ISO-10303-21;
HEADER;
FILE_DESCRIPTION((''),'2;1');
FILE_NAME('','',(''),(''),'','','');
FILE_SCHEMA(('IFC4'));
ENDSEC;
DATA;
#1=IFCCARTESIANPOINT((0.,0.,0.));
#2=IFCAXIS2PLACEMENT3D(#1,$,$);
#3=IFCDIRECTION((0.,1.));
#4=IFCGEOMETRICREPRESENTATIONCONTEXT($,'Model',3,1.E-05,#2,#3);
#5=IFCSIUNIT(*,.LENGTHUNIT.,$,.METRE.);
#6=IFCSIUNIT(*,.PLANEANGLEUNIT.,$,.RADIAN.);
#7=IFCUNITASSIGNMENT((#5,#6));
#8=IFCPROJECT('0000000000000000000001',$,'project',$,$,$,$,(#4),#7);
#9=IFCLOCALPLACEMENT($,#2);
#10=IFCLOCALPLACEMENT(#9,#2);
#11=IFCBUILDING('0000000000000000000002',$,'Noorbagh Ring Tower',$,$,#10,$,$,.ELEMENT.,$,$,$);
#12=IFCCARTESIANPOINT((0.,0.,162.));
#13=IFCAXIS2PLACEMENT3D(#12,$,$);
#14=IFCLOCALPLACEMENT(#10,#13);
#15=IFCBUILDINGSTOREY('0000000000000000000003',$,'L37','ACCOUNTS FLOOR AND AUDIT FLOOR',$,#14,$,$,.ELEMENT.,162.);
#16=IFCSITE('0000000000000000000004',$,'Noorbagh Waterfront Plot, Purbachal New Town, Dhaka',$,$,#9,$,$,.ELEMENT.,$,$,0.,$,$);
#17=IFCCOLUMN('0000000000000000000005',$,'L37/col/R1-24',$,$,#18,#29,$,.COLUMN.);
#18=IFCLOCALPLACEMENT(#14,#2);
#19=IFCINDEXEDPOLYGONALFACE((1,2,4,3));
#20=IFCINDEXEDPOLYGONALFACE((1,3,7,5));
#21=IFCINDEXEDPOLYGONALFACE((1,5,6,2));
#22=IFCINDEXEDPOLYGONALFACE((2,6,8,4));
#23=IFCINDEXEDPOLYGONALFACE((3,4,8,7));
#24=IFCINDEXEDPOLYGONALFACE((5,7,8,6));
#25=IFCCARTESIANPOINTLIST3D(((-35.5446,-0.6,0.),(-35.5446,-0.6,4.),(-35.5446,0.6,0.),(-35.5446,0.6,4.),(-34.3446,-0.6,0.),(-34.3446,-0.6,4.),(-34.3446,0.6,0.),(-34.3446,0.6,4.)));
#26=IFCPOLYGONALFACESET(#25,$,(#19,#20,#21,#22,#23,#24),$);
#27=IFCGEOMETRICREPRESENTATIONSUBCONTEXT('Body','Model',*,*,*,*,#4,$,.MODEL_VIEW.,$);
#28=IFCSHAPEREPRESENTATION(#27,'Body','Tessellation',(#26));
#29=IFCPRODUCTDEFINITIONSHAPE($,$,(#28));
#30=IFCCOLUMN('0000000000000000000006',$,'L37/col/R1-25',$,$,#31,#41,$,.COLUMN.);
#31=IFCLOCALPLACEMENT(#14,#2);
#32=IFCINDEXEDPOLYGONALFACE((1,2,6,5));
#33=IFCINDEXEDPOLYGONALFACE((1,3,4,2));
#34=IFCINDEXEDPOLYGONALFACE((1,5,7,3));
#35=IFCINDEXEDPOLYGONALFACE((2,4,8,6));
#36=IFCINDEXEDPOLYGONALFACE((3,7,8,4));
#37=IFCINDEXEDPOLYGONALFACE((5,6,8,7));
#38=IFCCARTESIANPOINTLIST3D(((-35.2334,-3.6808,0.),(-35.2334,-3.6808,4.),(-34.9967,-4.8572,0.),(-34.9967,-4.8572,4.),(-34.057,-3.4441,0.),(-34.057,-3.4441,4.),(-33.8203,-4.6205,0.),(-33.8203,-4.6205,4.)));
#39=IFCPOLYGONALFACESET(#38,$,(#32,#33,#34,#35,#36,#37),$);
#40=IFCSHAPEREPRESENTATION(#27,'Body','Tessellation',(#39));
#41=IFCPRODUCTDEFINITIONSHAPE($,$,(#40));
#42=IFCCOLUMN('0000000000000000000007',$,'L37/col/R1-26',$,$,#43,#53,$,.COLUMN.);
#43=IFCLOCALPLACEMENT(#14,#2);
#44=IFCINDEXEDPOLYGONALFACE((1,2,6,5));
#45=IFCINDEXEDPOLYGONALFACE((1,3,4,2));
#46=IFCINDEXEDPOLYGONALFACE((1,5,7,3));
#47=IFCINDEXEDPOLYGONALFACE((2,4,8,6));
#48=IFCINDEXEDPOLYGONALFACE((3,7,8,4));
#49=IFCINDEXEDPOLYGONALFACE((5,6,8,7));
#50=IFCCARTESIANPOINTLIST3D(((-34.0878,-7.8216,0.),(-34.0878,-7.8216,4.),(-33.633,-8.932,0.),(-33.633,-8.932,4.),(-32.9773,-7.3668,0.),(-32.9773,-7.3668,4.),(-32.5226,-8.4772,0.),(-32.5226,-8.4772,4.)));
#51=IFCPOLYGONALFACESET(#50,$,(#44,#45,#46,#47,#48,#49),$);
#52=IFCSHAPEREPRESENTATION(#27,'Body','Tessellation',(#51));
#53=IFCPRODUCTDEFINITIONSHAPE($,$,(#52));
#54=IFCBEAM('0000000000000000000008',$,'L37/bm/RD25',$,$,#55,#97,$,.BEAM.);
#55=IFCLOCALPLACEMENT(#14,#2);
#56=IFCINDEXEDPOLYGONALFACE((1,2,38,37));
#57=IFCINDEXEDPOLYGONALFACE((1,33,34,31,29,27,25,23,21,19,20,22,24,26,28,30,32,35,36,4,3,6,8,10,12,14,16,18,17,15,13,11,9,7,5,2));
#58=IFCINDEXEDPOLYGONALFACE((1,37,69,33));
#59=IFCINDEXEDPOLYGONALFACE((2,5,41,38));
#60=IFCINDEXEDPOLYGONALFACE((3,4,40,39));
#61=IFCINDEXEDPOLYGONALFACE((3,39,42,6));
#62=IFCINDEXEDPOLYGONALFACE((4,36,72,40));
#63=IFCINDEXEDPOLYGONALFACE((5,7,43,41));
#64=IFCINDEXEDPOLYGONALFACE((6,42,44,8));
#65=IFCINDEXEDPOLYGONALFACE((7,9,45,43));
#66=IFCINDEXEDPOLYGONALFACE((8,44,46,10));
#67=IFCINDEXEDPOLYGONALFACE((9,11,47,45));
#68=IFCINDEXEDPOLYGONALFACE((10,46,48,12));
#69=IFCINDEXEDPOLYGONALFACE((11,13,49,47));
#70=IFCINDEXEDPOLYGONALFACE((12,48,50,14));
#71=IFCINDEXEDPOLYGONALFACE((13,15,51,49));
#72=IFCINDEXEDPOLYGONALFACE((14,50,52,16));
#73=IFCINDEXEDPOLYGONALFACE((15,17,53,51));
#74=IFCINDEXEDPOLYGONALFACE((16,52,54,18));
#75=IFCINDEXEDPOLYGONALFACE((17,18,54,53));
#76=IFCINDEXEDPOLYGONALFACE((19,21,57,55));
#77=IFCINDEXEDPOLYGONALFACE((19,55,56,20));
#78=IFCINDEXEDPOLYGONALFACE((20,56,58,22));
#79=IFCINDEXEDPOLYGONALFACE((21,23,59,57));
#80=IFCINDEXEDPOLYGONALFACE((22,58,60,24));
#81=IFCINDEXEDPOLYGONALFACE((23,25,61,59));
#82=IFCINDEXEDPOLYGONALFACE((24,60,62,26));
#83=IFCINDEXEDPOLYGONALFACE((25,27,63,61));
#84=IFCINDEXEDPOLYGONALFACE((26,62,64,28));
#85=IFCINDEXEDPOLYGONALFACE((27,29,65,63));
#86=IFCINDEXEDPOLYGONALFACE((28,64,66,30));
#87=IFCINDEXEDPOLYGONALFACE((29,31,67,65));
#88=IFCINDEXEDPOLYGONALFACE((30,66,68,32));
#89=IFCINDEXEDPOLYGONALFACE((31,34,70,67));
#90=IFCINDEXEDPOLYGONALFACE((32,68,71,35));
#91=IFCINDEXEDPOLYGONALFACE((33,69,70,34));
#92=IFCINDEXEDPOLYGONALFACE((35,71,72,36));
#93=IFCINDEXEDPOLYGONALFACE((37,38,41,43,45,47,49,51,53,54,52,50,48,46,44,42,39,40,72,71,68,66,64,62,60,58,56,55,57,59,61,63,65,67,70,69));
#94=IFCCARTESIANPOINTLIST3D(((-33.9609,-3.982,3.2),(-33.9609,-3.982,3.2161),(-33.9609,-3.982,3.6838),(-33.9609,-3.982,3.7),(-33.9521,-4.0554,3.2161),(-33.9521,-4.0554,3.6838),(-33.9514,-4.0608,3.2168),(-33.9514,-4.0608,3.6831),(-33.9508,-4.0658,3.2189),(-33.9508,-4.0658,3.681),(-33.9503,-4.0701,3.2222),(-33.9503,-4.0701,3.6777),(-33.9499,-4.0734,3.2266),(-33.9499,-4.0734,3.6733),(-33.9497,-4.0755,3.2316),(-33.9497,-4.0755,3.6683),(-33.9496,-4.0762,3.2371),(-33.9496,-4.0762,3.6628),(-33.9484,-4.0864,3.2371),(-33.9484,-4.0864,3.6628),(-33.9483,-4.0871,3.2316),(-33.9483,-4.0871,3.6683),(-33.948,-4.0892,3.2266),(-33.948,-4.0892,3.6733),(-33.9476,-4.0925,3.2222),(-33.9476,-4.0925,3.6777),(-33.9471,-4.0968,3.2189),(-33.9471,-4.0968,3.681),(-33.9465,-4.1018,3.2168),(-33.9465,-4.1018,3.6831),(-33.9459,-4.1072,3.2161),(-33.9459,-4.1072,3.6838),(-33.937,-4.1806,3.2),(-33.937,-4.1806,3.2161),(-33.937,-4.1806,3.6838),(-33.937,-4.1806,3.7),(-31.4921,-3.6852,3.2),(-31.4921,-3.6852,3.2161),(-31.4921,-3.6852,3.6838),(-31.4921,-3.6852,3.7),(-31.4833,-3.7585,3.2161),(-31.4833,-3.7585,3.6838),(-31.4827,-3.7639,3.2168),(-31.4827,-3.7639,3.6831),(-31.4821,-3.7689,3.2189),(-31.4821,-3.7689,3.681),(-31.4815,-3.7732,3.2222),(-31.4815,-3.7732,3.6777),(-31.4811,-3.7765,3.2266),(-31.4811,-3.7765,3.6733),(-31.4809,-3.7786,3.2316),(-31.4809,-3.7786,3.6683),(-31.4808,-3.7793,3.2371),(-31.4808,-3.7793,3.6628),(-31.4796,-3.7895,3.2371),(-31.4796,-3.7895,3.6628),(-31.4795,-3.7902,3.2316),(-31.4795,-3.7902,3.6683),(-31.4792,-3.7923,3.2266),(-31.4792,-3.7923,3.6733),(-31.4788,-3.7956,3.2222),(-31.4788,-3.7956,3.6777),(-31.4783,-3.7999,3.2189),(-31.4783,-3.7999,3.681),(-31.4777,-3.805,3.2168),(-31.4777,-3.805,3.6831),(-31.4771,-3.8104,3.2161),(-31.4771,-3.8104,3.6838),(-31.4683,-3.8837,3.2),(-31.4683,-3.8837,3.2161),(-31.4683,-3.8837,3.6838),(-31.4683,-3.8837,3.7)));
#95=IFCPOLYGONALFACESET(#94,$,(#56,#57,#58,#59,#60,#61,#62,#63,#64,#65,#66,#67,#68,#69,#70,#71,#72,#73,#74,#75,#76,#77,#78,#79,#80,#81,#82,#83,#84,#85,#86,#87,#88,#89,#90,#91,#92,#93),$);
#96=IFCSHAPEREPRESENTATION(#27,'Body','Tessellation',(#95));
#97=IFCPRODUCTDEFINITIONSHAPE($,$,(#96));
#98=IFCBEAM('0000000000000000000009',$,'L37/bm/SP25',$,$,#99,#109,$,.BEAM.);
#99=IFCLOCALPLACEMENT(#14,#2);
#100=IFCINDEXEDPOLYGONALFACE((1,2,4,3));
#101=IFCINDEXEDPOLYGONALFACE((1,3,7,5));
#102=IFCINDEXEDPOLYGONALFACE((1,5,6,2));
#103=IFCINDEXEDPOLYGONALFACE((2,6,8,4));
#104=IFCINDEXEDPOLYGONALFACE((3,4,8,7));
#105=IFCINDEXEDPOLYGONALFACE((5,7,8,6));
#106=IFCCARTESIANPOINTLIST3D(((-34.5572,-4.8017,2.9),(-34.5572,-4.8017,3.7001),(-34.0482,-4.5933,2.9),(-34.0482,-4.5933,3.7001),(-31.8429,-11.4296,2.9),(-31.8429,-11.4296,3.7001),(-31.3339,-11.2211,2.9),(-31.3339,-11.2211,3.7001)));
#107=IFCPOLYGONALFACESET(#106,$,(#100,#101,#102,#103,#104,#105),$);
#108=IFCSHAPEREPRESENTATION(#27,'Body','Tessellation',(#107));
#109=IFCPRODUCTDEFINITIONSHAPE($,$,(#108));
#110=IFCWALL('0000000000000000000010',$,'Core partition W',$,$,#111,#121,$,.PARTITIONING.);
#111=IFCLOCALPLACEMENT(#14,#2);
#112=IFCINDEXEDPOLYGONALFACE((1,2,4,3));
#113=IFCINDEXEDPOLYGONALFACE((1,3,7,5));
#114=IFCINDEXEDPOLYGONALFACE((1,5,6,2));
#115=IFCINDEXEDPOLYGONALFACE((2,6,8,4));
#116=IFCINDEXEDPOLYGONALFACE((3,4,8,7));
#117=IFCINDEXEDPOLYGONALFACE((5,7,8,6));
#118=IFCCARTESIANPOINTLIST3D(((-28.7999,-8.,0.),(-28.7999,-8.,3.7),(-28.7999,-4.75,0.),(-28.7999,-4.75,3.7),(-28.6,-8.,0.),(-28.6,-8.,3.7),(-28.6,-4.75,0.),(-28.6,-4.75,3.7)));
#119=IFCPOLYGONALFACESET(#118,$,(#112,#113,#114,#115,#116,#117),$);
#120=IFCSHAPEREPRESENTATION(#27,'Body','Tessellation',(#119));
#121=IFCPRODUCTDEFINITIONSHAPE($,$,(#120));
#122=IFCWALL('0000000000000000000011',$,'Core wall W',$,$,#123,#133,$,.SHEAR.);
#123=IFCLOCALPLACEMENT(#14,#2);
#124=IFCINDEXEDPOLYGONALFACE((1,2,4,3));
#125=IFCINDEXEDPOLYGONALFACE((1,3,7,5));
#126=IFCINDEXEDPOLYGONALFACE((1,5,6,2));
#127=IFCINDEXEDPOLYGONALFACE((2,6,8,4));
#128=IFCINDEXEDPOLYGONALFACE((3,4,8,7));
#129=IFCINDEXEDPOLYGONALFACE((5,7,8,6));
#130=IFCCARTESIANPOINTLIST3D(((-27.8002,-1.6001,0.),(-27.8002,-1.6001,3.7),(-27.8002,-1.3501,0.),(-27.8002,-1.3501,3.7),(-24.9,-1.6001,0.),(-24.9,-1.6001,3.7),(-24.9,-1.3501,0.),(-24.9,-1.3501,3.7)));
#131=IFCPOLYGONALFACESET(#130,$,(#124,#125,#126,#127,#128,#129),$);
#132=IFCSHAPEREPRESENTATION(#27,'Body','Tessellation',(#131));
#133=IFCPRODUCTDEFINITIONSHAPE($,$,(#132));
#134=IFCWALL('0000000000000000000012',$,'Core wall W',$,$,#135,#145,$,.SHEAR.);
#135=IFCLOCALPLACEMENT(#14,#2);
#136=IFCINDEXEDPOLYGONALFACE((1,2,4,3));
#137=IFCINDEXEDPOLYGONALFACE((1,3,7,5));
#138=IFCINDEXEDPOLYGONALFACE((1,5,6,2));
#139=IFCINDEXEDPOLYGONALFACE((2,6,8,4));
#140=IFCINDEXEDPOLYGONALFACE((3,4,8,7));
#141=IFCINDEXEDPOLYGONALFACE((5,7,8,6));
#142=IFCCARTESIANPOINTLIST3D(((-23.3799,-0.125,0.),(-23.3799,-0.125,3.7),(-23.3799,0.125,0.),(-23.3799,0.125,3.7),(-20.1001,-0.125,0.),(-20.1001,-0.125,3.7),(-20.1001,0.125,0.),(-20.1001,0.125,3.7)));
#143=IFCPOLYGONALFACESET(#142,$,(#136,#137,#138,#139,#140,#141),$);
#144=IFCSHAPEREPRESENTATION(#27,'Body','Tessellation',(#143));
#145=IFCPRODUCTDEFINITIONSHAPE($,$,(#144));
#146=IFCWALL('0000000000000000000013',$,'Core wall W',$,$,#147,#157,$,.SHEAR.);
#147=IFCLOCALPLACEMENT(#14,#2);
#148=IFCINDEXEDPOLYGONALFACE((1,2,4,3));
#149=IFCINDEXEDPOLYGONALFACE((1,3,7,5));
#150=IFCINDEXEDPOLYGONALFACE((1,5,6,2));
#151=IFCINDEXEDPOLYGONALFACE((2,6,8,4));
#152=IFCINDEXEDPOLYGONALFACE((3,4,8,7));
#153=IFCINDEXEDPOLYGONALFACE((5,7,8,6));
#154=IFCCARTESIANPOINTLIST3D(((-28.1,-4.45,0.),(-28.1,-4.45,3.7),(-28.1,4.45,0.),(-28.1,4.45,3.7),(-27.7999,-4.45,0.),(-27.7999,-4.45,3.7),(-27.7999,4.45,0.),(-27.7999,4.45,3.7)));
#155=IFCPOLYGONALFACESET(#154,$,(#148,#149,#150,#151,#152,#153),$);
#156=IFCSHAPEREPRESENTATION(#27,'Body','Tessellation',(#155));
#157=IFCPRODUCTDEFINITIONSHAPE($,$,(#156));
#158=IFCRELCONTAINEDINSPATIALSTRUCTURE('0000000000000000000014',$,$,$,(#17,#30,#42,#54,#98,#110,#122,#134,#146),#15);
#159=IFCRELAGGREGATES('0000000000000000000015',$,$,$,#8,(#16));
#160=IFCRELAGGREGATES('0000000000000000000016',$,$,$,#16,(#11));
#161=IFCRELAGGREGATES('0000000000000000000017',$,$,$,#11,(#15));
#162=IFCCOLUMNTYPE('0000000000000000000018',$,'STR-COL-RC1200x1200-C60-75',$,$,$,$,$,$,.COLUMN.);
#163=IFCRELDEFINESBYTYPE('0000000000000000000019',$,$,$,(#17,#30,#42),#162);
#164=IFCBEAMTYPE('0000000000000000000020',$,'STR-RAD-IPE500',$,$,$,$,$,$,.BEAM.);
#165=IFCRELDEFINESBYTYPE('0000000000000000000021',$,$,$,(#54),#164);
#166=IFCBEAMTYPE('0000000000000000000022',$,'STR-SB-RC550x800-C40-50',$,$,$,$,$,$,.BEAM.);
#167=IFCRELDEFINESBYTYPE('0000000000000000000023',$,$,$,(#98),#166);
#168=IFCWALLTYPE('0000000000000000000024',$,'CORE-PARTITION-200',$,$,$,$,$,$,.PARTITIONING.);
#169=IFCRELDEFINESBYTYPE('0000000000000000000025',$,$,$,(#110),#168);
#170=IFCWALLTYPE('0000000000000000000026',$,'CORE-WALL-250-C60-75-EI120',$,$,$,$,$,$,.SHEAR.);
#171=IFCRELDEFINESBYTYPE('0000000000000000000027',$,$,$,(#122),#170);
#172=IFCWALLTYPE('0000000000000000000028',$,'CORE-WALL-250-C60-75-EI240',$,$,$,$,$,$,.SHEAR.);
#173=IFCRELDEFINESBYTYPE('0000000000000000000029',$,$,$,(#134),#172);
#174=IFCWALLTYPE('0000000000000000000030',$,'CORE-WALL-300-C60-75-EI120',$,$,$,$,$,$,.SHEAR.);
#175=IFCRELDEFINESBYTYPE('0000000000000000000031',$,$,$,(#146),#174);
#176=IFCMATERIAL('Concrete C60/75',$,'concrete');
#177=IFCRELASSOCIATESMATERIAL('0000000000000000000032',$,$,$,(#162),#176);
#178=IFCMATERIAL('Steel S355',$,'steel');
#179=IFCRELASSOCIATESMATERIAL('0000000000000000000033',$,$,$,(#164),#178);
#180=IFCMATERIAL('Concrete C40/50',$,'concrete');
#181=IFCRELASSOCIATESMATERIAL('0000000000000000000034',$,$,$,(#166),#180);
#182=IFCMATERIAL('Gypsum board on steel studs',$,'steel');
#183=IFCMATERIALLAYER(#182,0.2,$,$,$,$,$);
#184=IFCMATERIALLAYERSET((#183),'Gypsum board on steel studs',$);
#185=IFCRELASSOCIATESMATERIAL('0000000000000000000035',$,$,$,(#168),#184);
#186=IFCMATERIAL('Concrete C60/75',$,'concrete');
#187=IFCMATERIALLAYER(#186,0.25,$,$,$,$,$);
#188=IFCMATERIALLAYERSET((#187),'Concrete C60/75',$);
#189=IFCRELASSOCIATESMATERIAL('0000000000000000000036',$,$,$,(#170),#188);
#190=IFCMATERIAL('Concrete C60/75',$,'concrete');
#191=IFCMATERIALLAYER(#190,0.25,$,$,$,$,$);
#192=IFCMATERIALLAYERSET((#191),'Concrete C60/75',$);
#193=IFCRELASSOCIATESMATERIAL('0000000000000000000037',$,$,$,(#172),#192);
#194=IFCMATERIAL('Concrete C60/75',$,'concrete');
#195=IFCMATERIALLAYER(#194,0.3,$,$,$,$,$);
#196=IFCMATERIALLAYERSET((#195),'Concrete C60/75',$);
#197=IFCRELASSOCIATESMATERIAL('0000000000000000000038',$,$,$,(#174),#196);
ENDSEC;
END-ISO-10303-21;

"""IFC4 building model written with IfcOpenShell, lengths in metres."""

from ifc_helpers import new_model, si_unit, direction, frame, frame_2d, origin, origin_2d, place, context, subcontext, project, spatial, rectangle, i_section, extrude, material, layer, layer_set, material_profile, profile_set, type_object, element, save


model = new_model("IFC4")

# Units and contexts
model_context = context("Model", 3, precision=1e-05, world=origin(), true_north=direction((0.0, 1.0)))
body_context = subcontext(model_context, "Body", "Model", "MODEL_VIEW")
ifc_project = project(units=[si_unit("LENGTHUNIT", "METRE"), si_unit("PLANEANGLEUNIT", "RADIAN")], contexts=[model_context])

# Site, building, storey
site_placement = place(None, origin())
site = spatial("IfcSite", under=ifc_project, at=site_placement, Name="Noorbagh Waterfront Plot, Purbachal New Town, Dhaka", CompositionType="ELEMENT", RefElevation=0.0)
building_placement = place(site_placement, origin())
building = spatial("IfcBuilding", under=site, at=building_placement, Name="Noorbagh Ring Tower", CompositionType="ELEMENT")
storey_placement = place(building_placement, frame((0.0, 0.0, 162.0)))
storey = spatial("IfcBuildingStorey", under=building, at=storey_placement, Name="L37", Description="ACCOUNTS FLOOR AND AUDIT FLOOR", CompositionType="ELEMENT", Elevation=162.0)

# Columns
ifc_material_1 = material(Name="Concrete C60/75", Category="concrete")
ifc_material_profile_1 = material_profile(ifc_material_1, rectangle(XDim=1.2, YDim=1.2, at=origin_2d()), Name="RC1200x1200")
ifc_profile_set_1 = profile_set([ifc_material_profile_1], Name="Concrete C60/75")
column_type = type_object("IfcColumnType", Name="STR-COL-RC1200x1200-C60-75", PredefinedType="COLUMN", material=ifc_profile_set_1)
for number, where, z_axis, x_axis, name in (
    (1, (-34.9446, 0.0, 0.0), (0.0, 0.0, 1.0), (0.0, -1.0, 0.0), "L37/col/R1-24"),
    (2, (-34.5269, -4.1506, 0.0), (0.0, 0.0, 1.0), (0.19723, -0.980357, 0.0), "L37/col/R1-25"),
    (3, (-33.3052, -8.1494, 0.0), (0.0, 0.0, 1.0), (0.378989, -0.925401, 0.0), "L37/col/R1-26"),
):
    element("IfcColumn", number, at=place(storey_placement, frame(where, z_axis=z_axis, x_axis=x_axis)), inside=storey, type_object=column_type, Name=name, PredefinedType="COLUMN", context=body_context, shape_type="SweptSolid", body=[
        extrude(rectangle(XDim=1.2, YDim=1.2, at=origin_2d()), origin(), (0.0, 0.0, 1.0), 4.0),
    ])

# Beams
ifc_material_2 = material(Name="Steel S355", Category="steel")
ifc_material_profile_2 = material_profile(ifc_material_2, i_section(OverallWidth=0.2, OverallDepth=0.5, WebThickness=0.0103, FlangeThickness=0.0161, FilletRadius=0.021, at=origin_2d()), Name="IPE500")
ifc_profile_set_2 = profile_set([ifc_material_profile_2], Name="Steel S355")
beam_type_1 = type_object("IfcBeamType", Name="STR-RAD-IPE500", PredefinedType="BEAM", material=ifc_profile_set_2)
beam_1_placement = place(storey_placement, frame((-33.949, -4.0813, 3.45), z_axis=(0.992847, 0.119393, 0.0), x_axis=(-0.119393, 0.992847, 0.0)))
element("IfcBeam", 4, at=beam_1_placement, inside=storey, type_object=beam_type_1, Name="L37/bm/RD25", PredefinedType="BEAM", context=body_context, shape_type="SweptSolid", body=[
    extrude(i_section(OverallWidth=0.2, OverallDepth=0.5, WebThickness=0.0103, FlangeThickness=0.0161, FilletRadius=0.021, at=origin_2d()), origin(), (0.0, 0.0, 1.0), 2.4866),
])
ifc_material_3 = material(Name="Concrete C40/50", Category="concrete")
ifc_material_profile_3 = material_profile(ifc_material_3, rectangle(XDim=0.55, YDim=0.8, at=origin_2d()), Name="RC550x800")
ifc_profile_set_3 = profile_set([ifc_material_profile_3], Name="Concrete C40/50")
beam_type_2 = type_object("IfcBeamType", Name="STR-SB-RC550x800-C40-50", PredefinedType="BEAM", material=ifc_profile_set_3)
beam_2_placement = place(storey_placement, frame((-34.3027, -4.6975, 3.3), z_axis=(0.378983, -0.925404, 0.0), x_axis=(0.925404, 0.378983, 0.0)))
element("IfcBeam", 5, at=beam_2_placement, inside=storey, type_object=beam_type_2, Name="L37/bm/SP25", PredefinedType="BEAM", context=body_context, shape_type="SweptSolid", body=[
    extrude(rectangle(XDim=0.55, YDim=0.8, at=origin_2d()), origin(), (0.0, 0.0, 1.0), 7.1621),
])

# Walls
ifc_material_4 = material(Name="Gypsum board on steel studs", Category="steel")
ifc_layer_1 = layer(ifc_material_4, 0.2)
ifc_layer_set_1 = layer_set([ifc_layer_1], Name="Gypsum board on steel studs")
wall_type_1 = type_object("IfcWallType", Name="CORE-PARTITION-200", PredefinedType="PARTITIONING", material=ifc_layer_set_1)
wall_1_placement = place(storey_placement, frame((-28.7, -8.0, 0.0), z_axis=(0.0, 0.0, 1.0), x_axis=(0.0, 1.0, 0.0)))
element("IfcWall", 6, at=wall_1_placement, inside=storey, type_object=wall_type_1, Name="Core partition W", PredefinedType="PARTITIONING", context=body_context, shape_type="SweptSolid", body=[
    extrude(rectangle(XDim=3.25, YDim=0.2, at=frame_2d((1.625, 0.0))), origin(), (0.0, 0.0, 1.0), 3.7),
])
ifc_material_5 = material(Name="Concrete C60/75", Category="concrete")
ifc_layer_2 = layer(ifc_material_5, 0.25)
ifc_layer_set_2 = layer_set([ifc_layer_2], Name="Concrete C60/75")
wall_type_2 = type_object("IfcWallType", Name="CORE-WALL-250-C60-75-EI120", PredefinedType="SHEAR", material=ifc_layer_set_2)
wall_2_placement = place(storey_placement, frame((-24.8999, -1.4751, 0.0), z_axis=(0.0, 0.0, 1.0), x_axis=(-1.0, 0.0, 0.0)))
element("IfcWall", 7, at=wall_2_placement, inside=storey, type_object=wall_type_2, Name="Core wall W", PredefinedType="SHEAR", context=body_context, shape_type="SweptSolid", body=[
    extrude(rectangle(XDim=2.9001, YDim=0.25, at=frame_2d((1.4502, 0.0))), origin(), (0.0, 0.0, 1.0), 3.7),
])
ifc_material_6 = material(Name="Concrete C60/75", Category="concrete")
ifc_layer_3 = layer(ifc_material_6, 0.25)
ifc_layer_set_3 = layer_set([ifc_layer_3], Name="Concrete C60/75")
wall_type_3 = type_object("IfcWallType", Name="CORE-WALL-250-C60-75-EI240", PredefinedType="SHEAR", material=ifc_layer_set_3)
wall_3_placement = place(storey_placement, frame((-20.1001, 0.0, 0.0), z_axis=(0.0, 0.0, 1.0), x_axis=(-1.0, 0.0, 0.0)))
element("IfcWall", 8, at=wall_3_placement, inside=storey, type_object=wall_type_3, Name="Core wall W", PredefinedType="SHEAR", context=body_context, shape_type="SweptSolid", body=[
    extrude(rectangle(XDim=3.2798, YDim=0.25, at=frame_2d((1.6399, 0.0))), origin(), (0.0, 0.0, 1.0), 3.7),
])
ifc_material_7 = material(Name="Concrete C60/75", Category="concrete")
ifc_layer_4 = layer(ifc_material_7, 0.3)
ifc_layer_set_4 = layer_set([ifc_layer_4], Name="Concrete C60/75")
wall_type_4 = type_object("IfcWallType", Name="CORE-WALL-300-C60-75-EI120", PredefinedType="SHEAR", material=ifc_layer_set_4)
wall_4_placement = place(storey_placement, frame((-27.95, -4.45, 0.0), z_axis=(0.0, 0.0, 1.0), x_axis=(0.0, 1.0, 0.0)))
element("IfcWall", 9, at=wall_4_placement, inside=storey, type_object=wall_type_4, Name="Core wall W", PredefinedType="SHEAR", context=body_context, shape_type="SweptSolid", body=[
    extrude(rectangle(XDim=8.8999, YDim=0.3, at=frame_2d((4.45, 0.0))), origin(), (0.0, 0.0, 1.0), 3.7),
])

save(model, "model.ifc")
